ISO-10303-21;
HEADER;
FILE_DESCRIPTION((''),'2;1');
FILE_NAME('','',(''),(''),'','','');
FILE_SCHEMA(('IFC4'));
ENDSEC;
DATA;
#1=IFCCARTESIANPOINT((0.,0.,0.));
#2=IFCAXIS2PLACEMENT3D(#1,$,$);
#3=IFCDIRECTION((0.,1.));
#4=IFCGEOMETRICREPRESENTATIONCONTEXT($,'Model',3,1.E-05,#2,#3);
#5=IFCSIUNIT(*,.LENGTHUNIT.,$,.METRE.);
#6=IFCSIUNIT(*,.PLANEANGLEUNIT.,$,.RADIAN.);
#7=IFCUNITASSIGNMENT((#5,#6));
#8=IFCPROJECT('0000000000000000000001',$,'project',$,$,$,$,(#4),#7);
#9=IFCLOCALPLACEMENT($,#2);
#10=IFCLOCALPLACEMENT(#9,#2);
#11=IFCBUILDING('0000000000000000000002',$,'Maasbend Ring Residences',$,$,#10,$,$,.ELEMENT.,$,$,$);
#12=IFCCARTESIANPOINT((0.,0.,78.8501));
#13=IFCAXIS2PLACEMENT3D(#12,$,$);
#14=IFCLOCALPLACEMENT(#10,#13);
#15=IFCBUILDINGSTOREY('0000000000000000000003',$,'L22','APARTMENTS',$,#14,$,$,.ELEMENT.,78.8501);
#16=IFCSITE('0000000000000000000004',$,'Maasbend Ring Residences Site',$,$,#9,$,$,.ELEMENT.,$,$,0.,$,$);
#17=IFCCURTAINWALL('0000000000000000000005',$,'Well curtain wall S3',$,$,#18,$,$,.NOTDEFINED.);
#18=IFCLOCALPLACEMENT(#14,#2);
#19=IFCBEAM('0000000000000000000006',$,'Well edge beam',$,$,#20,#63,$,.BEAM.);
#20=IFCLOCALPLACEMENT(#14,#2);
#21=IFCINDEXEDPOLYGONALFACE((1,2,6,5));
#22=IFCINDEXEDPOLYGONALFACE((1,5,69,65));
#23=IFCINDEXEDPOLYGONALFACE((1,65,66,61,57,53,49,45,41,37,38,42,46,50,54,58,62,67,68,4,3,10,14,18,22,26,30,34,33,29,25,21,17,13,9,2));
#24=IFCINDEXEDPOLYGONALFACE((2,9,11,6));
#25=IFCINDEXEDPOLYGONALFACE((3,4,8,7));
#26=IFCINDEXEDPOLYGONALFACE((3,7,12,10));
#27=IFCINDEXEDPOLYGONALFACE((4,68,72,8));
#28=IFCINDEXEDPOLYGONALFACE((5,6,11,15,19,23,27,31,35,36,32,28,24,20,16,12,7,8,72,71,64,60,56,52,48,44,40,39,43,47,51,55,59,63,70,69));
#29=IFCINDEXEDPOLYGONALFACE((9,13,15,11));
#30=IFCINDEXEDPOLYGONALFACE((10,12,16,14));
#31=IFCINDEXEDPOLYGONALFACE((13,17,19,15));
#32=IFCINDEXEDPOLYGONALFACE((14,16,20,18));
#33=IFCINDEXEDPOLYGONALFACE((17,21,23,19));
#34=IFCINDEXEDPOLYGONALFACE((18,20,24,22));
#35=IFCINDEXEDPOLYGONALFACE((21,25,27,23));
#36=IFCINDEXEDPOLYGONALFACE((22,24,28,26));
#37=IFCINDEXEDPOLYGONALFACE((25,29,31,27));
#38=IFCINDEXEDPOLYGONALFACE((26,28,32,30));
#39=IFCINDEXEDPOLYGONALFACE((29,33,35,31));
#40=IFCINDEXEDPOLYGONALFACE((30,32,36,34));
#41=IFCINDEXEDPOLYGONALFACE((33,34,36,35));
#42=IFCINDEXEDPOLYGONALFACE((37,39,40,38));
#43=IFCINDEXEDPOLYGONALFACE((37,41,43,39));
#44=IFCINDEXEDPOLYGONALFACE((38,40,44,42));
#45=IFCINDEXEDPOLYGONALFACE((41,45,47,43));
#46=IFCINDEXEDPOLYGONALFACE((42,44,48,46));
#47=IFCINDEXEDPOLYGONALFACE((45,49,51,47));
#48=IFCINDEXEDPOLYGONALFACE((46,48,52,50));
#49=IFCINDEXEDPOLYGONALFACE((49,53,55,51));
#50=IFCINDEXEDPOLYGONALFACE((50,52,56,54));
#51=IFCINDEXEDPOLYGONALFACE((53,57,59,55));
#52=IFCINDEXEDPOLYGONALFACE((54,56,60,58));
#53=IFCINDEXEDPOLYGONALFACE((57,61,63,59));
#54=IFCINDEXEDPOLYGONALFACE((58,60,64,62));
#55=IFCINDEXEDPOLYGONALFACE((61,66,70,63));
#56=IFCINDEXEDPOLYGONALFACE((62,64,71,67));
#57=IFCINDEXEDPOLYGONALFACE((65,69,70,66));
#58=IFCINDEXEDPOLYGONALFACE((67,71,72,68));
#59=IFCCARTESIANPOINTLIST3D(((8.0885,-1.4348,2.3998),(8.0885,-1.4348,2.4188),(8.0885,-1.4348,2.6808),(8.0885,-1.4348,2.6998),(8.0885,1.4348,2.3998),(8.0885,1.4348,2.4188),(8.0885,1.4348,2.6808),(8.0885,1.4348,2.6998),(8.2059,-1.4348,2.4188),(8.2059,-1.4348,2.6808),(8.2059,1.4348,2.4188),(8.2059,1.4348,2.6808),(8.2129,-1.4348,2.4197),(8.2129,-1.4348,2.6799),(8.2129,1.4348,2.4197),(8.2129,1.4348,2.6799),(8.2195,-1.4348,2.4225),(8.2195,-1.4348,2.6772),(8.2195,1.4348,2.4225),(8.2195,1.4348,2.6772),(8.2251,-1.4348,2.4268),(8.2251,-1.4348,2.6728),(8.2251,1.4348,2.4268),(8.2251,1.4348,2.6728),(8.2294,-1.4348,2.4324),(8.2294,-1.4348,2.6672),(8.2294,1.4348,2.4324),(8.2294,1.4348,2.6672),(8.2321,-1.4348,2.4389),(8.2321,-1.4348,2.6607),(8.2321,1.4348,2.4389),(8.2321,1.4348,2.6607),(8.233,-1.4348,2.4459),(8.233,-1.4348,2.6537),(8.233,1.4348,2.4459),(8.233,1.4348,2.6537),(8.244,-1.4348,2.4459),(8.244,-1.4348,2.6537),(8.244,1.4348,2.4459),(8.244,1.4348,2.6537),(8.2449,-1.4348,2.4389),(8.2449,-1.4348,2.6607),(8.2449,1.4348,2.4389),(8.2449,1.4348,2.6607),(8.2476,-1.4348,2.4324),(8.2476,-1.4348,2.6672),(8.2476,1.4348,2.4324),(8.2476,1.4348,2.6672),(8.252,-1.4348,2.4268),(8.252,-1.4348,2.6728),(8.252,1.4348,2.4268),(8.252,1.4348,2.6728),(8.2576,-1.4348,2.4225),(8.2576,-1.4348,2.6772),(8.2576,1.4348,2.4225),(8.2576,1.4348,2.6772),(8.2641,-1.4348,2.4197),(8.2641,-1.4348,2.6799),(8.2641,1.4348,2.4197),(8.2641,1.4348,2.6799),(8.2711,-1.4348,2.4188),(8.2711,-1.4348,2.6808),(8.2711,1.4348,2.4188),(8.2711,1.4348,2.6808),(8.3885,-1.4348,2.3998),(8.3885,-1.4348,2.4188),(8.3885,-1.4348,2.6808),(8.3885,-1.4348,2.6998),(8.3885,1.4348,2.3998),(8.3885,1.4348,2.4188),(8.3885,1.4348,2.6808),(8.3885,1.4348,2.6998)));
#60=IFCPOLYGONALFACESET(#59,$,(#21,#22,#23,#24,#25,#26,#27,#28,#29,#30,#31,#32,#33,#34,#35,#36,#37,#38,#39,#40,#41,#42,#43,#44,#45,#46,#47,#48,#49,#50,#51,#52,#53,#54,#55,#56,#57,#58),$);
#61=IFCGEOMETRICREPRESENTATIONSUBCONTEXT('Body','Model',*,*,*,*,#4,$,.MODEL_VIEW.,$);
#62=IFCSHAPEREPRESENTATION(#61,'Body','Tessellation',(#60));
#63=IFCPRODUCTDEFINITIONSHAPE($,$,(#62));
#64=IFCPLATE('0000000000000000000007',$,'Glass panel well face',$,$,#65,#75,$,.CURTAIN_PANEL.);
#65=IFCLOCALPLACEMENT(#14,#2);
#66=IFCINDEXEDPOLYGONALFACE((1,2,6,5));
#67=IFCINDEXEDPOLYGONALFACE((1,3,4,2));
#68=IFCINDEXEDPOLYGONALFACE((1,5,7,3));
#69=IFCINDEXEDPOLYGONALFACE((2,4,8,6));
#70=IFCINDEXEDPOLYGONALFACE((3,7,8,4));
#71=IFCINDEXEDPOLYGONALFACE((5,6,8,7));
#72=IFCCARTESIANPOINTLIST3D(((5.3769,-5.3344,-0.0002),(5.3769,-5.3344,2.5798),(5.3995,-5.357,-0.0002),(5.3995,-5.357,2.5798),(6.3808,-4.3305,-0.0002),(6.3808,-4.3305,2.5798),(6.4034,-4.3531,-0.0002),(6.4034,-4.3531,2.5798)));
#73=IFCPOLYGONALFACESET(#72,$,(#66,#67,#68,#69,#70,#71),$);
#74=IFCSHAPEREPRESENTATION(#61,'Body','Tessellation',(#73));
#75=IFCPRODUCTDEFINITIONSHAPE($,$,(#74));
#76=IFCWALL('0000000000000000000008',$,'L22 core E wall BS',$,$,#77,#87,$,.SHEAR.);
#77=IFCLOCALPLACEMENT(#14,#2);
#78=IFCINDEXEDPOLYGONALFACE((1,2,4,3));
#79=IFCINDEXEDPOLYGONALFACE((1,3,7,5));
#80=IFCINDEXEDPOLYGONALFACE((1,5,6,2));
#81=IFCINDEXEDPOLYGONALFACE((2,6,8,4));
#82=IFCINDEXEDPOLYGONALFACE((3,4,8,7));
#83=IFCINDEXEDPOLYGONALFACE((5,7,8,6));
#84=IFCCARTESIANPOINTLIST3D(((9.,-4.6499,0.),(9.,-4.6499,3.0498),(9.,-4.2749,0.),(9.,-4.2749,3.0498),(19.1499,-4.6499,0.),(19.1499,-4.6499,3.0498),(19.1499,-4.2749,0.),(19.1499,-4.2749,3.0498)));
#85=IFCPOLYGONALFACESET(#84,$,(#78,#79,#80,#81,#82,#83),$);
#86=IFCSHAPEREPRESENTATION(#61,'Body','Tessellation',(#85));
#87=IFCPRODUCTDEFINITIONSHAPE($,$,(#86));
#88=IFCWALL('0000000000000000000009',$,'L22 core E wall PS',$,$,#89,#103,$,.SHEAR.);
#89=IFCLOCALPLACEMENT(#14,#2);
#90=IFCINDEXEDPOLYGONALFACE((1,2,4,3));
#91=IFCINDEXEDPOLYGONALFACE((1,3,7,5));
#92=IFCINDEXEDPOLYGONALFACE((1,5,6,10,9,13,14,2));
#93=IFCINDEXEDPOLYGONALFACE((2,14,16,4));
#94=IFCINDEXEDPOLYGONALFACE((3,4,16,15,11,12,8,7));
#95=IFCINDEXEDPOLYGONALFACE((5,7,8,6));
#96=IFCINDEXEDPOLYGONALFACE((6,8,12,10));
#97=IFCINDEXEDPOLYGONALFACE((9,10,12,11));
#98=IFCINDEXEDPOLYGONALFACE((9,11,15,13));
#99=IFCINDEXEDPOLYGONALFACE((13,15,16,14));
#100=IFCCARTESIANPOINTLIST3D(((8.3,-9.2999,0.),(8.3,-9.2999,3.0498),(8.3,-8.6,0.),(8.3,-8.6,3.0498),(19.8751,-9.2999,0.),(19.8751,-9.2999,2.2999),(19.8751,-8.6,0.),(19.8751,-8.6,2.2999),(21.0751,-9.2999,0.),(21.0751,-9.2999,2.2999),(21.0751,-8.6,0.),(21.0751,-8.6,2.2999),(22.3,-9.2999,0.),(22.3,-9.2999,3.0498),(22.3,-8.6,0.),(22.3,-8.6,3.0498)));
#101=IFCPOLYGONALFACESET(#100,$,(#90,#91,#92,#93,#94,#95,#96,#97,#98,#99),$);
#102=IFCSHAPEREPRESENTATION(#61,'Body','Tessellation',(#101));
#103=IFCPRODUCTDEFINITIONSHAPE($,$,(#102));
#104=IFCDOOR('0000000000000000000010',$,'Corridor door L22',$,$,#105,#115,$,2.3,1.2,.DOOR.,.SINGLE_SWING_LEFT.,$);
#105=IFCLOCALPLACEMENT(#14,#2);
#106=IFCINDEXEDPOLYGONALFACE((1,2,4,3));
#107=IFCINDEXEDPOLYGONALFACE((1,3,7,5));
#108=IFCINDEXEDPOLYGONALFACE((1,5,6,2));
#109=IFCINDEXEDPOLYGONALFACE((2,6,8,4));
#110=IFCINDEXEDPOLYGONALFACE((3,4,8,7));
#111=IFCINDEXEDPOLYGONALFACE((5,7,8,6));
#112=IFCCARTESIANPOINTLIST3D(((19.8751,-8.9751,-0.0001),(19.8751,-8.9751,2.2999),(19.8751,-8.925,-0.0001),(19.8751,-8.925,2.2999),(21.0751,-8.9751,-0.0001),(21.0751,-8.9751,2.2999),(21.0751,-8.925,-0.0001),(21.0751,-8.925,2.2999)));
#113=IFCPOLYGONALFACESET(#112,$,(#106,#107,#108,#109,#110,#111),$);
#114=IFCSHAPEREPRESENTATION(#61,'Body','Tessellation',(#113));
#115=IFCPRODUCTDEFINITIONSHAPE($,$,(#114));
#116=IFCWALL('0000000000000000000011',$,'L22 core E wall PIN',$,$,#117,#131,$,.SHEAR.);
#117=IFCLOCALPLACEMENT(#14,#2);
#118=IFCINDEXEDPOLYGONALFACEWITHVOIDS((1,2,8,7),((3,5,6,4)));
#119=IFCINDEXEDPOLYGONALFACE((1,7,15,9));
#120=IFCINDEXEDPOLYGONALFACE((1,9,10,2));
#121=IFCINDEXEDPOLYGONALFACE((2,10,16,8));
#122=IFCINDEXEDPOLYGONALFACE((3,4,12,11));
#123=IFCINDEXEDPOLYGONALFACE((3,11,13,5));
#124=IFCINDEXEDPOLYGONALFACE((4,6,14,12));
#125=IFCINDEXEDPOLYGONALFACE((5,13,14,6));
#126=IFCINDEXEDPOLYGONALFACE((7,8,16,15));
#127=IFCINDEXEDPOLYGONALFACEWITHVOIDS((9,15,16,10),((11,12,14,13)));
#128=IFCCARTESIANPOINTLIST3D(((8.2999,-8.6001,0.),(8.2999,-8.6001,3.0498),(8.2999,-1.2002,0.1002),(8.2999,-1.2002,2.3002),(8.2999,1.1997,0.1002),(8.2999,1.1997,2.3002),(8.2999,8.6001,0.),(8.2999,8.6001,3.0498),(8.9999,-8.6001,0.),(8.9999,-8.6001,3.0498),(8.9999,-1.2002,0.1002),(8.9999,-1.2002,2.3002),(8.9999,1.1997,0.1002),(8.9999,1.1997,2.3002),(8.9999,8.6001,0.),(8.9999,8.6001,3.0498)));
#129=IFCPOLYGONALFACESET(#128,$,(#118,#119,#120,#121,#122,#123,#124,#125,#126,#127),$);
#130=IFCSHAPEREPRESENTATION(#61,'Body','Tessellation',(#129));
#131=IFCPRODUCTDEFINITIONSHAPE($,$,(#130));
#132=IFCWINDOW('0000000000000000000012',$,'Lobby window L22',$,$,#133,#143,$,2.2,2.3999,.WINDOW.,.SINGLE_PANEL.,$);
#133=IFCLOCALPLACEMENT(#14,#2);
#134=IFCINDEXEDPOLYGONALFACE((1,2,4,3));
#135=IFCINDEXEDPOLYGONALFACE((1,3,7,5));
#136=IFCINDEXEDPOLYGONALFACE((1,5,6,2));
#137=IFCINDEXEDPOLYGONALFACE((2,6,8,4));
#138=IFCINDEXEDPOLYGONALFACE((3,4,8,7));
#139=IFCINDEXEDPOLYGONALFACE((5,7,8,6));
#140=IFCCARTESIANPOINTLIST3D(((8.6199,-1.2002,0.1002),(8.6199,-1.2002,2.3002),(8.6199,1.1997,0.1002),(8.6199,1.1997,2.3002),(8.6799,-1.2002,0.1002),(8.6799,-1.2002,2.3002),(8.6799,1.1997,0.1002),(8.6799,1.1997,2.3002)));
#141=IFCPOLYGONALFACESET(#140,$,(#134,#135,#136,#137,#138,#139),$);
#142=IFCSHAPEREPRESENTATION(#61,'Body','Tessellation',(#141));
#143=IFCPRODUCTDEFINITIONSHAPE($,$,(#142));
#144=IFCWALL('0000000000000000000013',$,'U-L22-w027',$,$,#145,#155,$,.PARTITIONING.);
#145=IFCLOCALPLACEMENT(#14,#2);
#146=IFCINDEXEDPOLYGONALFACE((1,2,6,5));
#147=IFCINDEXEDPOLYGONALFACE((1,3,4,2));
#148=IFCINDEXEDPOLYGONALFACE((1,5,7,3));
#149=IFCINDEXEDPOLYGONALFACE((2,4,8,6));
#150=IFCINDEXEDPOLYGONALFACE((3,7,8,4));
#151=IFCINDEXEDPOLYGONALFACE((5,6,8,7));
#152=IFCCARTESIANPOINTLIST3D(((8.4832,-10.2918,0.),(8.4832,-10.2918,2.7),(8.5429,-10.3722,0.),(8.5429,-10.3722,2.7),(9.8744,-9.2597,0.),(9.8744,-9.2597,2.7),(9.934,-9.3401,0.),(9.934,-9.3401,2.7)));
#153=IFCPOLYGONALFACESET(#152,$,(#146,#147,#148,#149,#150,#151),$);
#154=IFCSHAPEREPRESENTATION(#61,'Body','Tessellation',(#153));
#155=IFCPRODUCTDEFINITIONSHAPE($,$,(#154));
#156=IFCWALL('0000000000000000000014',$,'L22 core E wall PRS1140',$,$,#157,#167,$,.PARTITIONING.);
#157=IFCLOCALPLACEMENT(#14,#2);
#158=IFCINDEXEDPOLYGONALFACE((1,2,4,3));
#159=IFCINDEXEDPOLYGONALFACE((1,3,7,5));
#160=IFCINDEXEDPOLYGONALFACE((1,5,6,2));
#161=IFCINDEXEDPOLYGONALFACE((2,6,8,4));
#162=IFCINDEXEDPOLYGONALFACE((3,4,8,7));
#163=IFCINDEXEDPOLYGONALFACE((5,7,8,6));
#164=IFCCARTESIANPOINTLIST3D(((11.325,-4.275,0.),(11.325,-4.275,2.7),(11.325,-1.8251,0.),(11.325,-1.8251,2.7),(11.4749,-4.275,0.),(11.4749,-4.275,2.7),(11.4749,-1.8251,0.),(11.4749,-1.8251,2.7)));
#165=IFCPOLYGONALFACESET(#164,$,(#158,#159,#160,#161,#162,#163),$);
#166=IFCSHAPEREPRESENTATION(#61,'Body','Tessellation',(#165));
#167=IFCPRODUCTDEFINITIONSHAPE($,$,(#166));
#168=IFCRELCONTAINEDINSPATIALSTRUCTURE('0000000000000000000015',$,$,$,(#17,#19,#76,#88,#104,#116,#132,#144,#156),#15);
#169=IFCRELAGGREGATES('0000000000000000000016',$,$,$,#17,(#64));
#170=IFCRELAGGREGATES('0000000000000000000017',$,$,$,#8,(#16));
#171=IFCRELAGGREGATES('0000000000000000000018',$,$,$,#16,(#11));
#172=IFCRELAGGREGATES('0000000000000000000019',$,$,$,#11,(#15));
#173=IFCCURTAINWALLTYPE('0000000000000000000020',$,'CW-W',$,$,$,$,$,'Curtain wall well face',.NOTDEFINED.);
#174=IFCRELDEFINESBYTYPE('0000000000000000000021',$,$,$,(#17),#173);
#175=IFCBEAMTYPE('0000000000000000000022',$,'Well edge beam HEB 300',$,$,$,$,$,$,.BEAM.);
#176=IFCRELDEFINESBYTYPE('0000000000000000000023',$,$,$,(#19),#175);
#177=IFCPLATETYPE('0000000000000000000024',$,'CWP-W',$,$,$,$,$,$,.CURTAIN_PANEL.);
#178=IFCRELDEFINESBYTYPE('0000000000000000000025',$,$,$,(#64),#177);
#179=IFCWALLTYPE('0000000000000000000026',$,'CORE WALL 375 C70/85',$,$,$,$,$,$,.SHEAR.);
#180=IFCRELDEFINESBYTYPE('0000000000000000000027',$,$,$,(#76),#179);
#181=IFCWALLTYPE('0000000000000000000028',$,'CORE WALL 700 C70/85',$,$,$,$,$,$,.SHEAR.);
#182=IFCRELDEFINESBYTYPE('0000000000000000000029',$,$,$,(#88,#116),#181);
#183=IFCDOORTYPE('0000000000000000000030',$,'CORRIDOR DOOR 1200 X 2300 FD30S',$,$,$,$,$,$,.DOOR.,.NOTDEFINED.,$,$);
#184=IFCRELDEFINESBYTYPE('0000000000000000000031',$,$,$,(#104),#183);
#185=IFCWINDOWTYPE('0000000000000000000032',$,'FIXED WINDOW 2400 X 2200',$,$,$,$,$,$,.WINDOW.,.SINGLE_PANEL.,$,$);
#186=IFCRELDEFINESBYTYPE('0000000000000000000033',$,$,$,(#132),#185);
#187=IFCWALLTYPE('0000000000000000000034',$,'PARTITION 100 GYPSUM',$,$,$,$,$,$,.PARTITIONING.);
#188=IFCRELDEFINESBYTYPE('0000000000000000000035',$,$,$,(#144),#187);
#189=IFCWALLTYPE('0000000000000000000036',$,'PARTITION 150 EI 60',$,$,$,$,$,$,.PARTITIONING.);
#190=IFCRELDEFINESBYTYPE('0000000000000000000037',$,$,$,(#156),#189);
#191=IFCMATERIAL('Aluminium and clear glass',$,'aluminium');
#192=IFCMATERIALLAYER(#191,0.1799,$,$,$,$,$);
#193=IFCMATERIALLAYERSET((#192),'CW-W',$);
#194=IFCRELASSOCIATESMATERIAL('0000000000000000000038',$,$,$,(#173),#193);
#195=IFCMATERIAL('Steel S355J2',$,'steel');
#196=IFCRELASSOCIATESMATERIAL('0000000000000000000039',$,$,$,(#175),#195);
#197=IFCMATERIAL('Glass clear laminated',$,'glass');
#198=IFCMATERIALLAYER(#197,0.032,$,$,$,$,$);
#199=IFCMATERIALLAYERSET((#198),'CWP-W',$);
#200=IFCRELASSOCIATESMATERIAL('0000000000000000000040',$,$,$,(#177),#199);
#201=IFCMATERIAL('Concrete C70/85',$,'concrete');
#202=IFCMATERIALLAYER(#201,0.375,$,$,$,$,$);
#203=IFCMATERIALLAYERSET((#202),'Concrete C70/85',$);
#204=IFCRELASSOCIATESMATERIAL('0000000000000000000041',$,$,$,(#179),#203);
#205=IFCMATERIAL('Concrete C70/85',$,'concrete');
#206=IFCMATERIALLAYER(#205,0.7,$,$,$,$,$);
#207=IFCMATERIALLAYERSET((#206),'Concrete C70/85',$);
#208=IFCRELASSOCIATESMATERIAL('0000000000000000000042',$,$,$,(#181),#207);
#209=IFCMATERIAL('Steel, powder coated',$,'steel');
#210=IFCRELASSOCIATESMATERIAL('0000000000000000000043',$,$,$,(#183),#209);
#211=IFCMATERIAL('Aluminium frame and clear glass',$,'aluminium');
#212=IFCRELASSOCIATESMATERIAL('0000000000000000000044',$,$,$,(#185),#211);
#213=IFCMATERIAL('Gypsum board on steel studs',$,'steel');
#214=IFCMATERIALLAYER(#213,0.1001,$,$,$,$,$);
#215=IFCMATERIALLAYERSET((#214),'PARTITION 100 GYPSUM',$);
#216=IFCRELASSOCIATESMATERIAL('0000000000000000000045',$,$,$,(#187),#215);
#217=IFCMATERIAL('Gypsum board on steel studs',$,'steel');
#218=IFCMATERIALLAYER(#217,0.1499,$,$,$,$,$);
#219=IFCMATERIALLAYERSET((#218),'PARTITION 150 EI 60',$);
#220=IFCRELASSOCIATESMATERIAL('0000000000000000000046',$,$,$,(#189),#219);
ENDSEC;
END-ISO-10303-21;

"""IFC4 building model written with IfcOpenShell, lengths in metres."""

from ifc_helpers import new_model, si_unit, direction, frame, frame_2d, origin, origin_2d, place, context, subcontext, project, spatial, rectangle, i_section, extrude, material, layer, layer_set, material_profile, profile_set, type_object, element, fill, aggregate, save


model = new_model("IFC4")

# Units and contexts
model_context = context("Model", 3, precision=1e-05, world=origin(), true_north=direction((0.0, 1.0)))
body_context = subcontext(model_context, "Body", "Model", "MODEL_VIEW")
ifc_project = project(units=[si_unit("LENGTHUNIT", "METRE"), si_unit("PLANEANGLEUNIT", "RADIAN")], contexts=[model_context])

# Site, building, storey
site_placement = place(None, origin())
site = spatial("IfcSite", under=ifc_project, at=site_placement, Name="Maasbend Ring Residences Site", CompositionType="ELEMENT", RefElevation=0.0)
building_placement = place(site_placement, origin())
building = spatial("IfcBuilding", under=site, at=building_placement, Name="Maasbend Ring Residences", CompositionType="ELEMENT")
storey_placement = place(building_placement, frame((0.0, 0.0, 78.8501)))
storey = spatial("IfcBuildingStorey", under=building, at=storey_placement, Name="L22", Description="APARTMENTS", CompositionType="ELEMENT", Elevation=78.8501)

# Curtain wall
ifc_material_1 = material(Name="Aluminium and clear glass", Category="aluminium")
ifc_layer_1 = layer(ifc_material_1, 0.1799)
ifc_layer_set_1 = layer_set([ifc_layer_1], Name="CW-W")
curtain_wall_type = type_object("IfcCurtainWallType", Name="CW-W", ElementType="Curtain wall well face", PredefinedType="NOTDEFINED", material=ifc_layer_set_1)
curtain_wall_placement = place(storey_placement, origin())
curtain_wall = element("IfcCurtainWall", 1, at=curtain_wall_placement, inside=storey, type_object=curtain_wall_type, Name="Well curtain wall S3", PredefinedType="NOTDEFINED")

# Beam
ifc_material_2 = material(Name="Steel S355J2", Category="steel")
ifc_material_profile_1 = material_profile(ifc_material_2, i_section(OverallWidth=0.3, OverallDepth=0.3, WebThickness=0.011, FlangeThickness=0.019, FilletRadius=0.0271, at=origin_2d()), Name="HEB 300")
ifc_profile_set_1 = profile_set([ifc_material_profile_1], Name="Steel S355J2")
beam_type = type_object("IfcBeamType", Name="Well edge beam HEB 300", PredefinedType="BEAM", material=ifc_profile_set_1)
beam_1_placement = place(storey_placement, frame((8.2385, -1.4348, 2.5498), z_axis=(0.0, 1.0, 0.0), x_axis=(-1.0, 0.0, 0.0)))
element("IfcBeam", 2, at=beam_1_placement, inside=storey, type_object=beam_type, Name="Well edge beam", PredefinedType="BEAM", context=body_context, shape_type="SweptSolid", body=[
    extrude(i_section(OverallWidth=0.3, OverallDepth=0.3, WebThickness=0.011, FlangeThickness=0.019, FilletRadius=0.0271, at=origin_2d()), origin(), (0.0, 0.0, 1.0), 2.8696),
])

# Plate
ifc_material_3 = material(Name="Glass clear laminated", Category="glass")
ifc_layer_2 = layer(ifc_material_3, 0.032)
ifc_layer_set_2 = layer_set([ifc_layer_2], Name="CWP-W")
plate_type = type_object("IfcPlateType", Name="CWP-W", PredefinedType="CURTAIN_PANEL", material=ifc_layer_set_2)
plate_placement = place(storey_placement, frame((5.8901, -4.8438, -0.0002), z_axis=(0.0, 0.0, 1.0), x_axis=(0.707107, 0.707107, 0.0)))
plate = element("IfcPlate", 3, at=plate_placement, type_object=plate_type, Name="Glass panel well face", PredefinedType="CURTAIN_PANEL", context=body_context, shape_type="SweptSolid", body=[
    extrude(rectangle(XDim=1.4197, YDim=0.032, at=origin_2d()), origin(), (0.0, 0.0, 1.0), 2.5801),
])
aggregate(curtain_wall, [plate])

# Wall
ifc_material_4 = material(Name="Concrete C70/85", Category="concrete")
ifc_layer_3 = layer(ifc_material_4, 0.375)
ifc_layer_set_3 = layer_set([ifc_layer_3], Name="Concrete C70/85")
wall_type_1 = type_object("IfcWallType", Name="CORE WALL 375 C70/85", PredefinedType="SHEAR", material=ifc_layer_set_3)
wall_1_placement = place(storey_placement, frame((9.0, -4.4624, 0.0), z_axis=(0.0, 0.0, 1.0), x_axis=(1.0, 0.0, 0.0)))
element("IfcWall", 4, at=wall_1_placement, inside=storey, type_object=wall_type_1, Name="L22 core E wall BS", PredefinedType="SHEAR", context=body_context, shape_type="SweptSolid", body=[
    extrude(rectangle(XDim=10.1499, YDim=0.375, at=frame_2d((5.075, 0.0))), origin(), (0.0, 0.0, 1.0), 3.0498),
])

# Wall, opening, door
ifc_material_5 = material(Name="Concrete C70/85", Category="concrete")
ifc_layer_4 = layer(ifc_material_5, 0.7)
ifc_layer_set_4 = layer_set([ifc_layer_4], Name="Concrete C70/85")
wall_type_2 = type_object("IfcWallType", Name="CORE WALL 700 C70/85", PredefinedType="SHEAR", material=ifc_layer_set_4)
wall_2_placement = place(storey_placement, frame((8.3, -8.95, 0.0), z_axis=(0.0, 0.0, 1.0), x_axis=(1.0, 0.0, 0.0)))
wall_2 = element("IfcWall", 5, at=wall_2_placement, inside=storey, type_object=wall_type_2, Name="L22 core E wall PS", PredefinedType="SHEAR", context=body_context, shape_type="SweptSolid", body=[
    extrude(rectangle(XDim=14.0, YDim=0.7, at=frame_2d((7.0, 0.0))), origin(), (0.0, 0.0, 1.0), 3.0498),
])
opening_1_placement = place(wall_2_placement, frame((11.575, 0.0, 0.0)))
opening_1 = element("IfcOpeningElement", 6, at=opening_1_placement, cuts=wall_2, PredefinedType="OPENING", context=body_context, shape_type="SweptSolid", body=[
    extrude(rectangle(XDim=1.2, YDim=2.3, at=frame_2d((0.6001, 1.1499))), frame((0.0, 0.3599, 0.0), z_axis=(0.0, -1.0, 0.0), x_axis=(1.0, 0.0, 0.0)), (0.0, 0.0, 1.0), 0.72),
])
ifc_material_6 = material(Name="Steel, powder coated", Category="steel")
door_type = type_object("IfcDoorType", Name="CORRIDOR DOOR 1200 X 2300 FD30S", OperationType="NOTDEFINED", PredefinedType="DOOR", material=ifc_material_6)
door_placement = place(opening_1_placement, origin())
door = element("IfcDoor", 7, at=door_placement, inside=storey, type_object=door_type, Name="Corridor door L22", OperationType="SINGLE_SWING_LEFT", OverallHeight=2.3, OverallWidth=1.2, PredefinedType="DOOR", context=body_context, shape_type="SweptSolid", body=[
    extrude(rectangle(XDim=1.2, YDim=2.3, at=frame_2d((0.6001, 1.1499))), frame((0.0, 0.0249, 0.0), z_axis=(0.0, -1.0, 0.0), x_axis=(1.0, 0.0, 0.0)), (0.0, 0.0, 1.0), 0.05),
])
fill(opening_1, door)

# Wall, opening, window
wall_3_placement = place(storey_placement, frame((8.6499, -8.6001, 0.0), z_axis=(0.0, 0.0, 1.0), x_axis=(0.0, 1.0, 0.0)))
wall_3 = element("IfcWall", 8, at=wall_3_placement, inside=storey, type_object=wall_type_2, Name="L22 core E wall PIN", PredefinedType="SHEAR", context=body_context, shape_type="SweptSolid", body=[
    extrude(rectangle(XDim=17.2002, YDim=0.7, at=frame_2d((8.6001, 0.0))), origin(), (0.0, 0.0, 1.0), 3.0498),
])
opening_2_placement = place(wall_3_placement, frame((7.3999, 0.0, 0.1001)))
opening_2 = element("IfcOpeningElement", 9, at=opening_2_placement, cuts=wall_3, PredefinedType="OPENING", context=body_context, shape_type="SweptSolid", body=[
    extrude(rectangle(XDim=2.3999, YDim=2.2, at=frame_2d((1.2, 1.1001))), frame((0.0, 0.3599, 0.0), z_axis=(0.0, -1.0, 0.0), x_axis=(1.0, 0.0, 0.0)), (0.0, 0.0, 1.0), 0.72),
])
ifc_material_7 = material(Name="Aluminium frame and clear glass", Category="aluminium")
window_type = type_object("IfcWindowType", Name="FIXED WINDOW 2400 X 2200", PartitioningType="SINGLE_PANEL", PredefinedType="WINDOW", material=ifc_material_7)
window_placement = place(opening_2_placement, origin())
window = element("IfcWindow", 10, at=window_placement, inside=storey, type_object=window_type, Name="Lobby window L22", OverallHeight=2.2, OverallWidth=2.3999, PartitioningType="SINGLE_PANEL", PredefinedType="WINDOW", context=body_context, shape_type="SweptSolid", body=[
    extrude(rectangle(XDim=2.3999, YDim=2.2, at=frame_2d((1.2, 1.1001))), frame((0.0, 0.03, 0.0), z_axis=(0.0, -1.0, 0.0), x_axis=(1.0, 0.0, 0.0)), (0.0, 0.0, 1.0), 0.0601),
])
fill(opening_2, window)

# Walls
ifc_material_8 = material(Name="Gypsum board on steel studs", Category="steel")
ifc_layer_5 = layer(ifc_material_8, 0.1001)
ifc_layer_set_5 = layer_set([ifc_layer_5], Name="PARTITION 100 GYPSUM")
wall_type_3 = type_object("IfcWallType", Name="PARTITION 100 GYPSUM", PredefinedType="PARTITIONING", material=ifc_layer_set_5)
wall_4_placement = place(storey_placement, frame((8.5129, -10.332, 0.0), z_axis=(0.0, 0.0, 1.0), x_axis=(0.803135, 0.595797, 0.0)))
element("IfcWall", 11, at=wall_4_placement, inside=storey, type_object=wall_type_3, Name="U-L22-w027", PredefinedType="PARTITIONING", context=body_context, shape_type="SweptSolid", body=[
    extrude(rectangle(XDim=1.7322, YDim=0.1001, at=frame_2d((0.8662, 0.0))), origin(), (0.0, 0.0, 1.0), 2.7),
])
ifc_material_9 = material(Name="Gypsum board on steel studs", Category="steel")
ifc_layer_6 = layer(ifc_material_9, 0.1499)
ifc_layer_set_6 = layer_set([ifc_layer_6], Name="PARTITION 150 EI 60")
wall_type_4 = type_object("IfcWallType", Name="PARTITION 150 EI 60", PredefinedType="PARTITIONING", material=ifc_layer_set_6)
wall_5_placement = place(storey_placement, frame((11.3999, -1.825, 0.0), z_axis=(0.0, 0.0, 1.0), x_axis=(0.0, -1.0, 0.0)))
element("IfcWall", 12, at=wall_5_placement, inside=storey, type_object=wall_type_4, Name="L22 core E wall PRS1140", PredefinedType="PARTITIONING", context=body_context, shape_type="SweptSolid", body=[
    extrude(rectangle(XDim=2.45, YDim=0.1499, at=frame_2d((1.2251, 0.0))), origin(), (0.0, 0.0, 1.0), 2.7),
])

save(model, "model.ifc")
